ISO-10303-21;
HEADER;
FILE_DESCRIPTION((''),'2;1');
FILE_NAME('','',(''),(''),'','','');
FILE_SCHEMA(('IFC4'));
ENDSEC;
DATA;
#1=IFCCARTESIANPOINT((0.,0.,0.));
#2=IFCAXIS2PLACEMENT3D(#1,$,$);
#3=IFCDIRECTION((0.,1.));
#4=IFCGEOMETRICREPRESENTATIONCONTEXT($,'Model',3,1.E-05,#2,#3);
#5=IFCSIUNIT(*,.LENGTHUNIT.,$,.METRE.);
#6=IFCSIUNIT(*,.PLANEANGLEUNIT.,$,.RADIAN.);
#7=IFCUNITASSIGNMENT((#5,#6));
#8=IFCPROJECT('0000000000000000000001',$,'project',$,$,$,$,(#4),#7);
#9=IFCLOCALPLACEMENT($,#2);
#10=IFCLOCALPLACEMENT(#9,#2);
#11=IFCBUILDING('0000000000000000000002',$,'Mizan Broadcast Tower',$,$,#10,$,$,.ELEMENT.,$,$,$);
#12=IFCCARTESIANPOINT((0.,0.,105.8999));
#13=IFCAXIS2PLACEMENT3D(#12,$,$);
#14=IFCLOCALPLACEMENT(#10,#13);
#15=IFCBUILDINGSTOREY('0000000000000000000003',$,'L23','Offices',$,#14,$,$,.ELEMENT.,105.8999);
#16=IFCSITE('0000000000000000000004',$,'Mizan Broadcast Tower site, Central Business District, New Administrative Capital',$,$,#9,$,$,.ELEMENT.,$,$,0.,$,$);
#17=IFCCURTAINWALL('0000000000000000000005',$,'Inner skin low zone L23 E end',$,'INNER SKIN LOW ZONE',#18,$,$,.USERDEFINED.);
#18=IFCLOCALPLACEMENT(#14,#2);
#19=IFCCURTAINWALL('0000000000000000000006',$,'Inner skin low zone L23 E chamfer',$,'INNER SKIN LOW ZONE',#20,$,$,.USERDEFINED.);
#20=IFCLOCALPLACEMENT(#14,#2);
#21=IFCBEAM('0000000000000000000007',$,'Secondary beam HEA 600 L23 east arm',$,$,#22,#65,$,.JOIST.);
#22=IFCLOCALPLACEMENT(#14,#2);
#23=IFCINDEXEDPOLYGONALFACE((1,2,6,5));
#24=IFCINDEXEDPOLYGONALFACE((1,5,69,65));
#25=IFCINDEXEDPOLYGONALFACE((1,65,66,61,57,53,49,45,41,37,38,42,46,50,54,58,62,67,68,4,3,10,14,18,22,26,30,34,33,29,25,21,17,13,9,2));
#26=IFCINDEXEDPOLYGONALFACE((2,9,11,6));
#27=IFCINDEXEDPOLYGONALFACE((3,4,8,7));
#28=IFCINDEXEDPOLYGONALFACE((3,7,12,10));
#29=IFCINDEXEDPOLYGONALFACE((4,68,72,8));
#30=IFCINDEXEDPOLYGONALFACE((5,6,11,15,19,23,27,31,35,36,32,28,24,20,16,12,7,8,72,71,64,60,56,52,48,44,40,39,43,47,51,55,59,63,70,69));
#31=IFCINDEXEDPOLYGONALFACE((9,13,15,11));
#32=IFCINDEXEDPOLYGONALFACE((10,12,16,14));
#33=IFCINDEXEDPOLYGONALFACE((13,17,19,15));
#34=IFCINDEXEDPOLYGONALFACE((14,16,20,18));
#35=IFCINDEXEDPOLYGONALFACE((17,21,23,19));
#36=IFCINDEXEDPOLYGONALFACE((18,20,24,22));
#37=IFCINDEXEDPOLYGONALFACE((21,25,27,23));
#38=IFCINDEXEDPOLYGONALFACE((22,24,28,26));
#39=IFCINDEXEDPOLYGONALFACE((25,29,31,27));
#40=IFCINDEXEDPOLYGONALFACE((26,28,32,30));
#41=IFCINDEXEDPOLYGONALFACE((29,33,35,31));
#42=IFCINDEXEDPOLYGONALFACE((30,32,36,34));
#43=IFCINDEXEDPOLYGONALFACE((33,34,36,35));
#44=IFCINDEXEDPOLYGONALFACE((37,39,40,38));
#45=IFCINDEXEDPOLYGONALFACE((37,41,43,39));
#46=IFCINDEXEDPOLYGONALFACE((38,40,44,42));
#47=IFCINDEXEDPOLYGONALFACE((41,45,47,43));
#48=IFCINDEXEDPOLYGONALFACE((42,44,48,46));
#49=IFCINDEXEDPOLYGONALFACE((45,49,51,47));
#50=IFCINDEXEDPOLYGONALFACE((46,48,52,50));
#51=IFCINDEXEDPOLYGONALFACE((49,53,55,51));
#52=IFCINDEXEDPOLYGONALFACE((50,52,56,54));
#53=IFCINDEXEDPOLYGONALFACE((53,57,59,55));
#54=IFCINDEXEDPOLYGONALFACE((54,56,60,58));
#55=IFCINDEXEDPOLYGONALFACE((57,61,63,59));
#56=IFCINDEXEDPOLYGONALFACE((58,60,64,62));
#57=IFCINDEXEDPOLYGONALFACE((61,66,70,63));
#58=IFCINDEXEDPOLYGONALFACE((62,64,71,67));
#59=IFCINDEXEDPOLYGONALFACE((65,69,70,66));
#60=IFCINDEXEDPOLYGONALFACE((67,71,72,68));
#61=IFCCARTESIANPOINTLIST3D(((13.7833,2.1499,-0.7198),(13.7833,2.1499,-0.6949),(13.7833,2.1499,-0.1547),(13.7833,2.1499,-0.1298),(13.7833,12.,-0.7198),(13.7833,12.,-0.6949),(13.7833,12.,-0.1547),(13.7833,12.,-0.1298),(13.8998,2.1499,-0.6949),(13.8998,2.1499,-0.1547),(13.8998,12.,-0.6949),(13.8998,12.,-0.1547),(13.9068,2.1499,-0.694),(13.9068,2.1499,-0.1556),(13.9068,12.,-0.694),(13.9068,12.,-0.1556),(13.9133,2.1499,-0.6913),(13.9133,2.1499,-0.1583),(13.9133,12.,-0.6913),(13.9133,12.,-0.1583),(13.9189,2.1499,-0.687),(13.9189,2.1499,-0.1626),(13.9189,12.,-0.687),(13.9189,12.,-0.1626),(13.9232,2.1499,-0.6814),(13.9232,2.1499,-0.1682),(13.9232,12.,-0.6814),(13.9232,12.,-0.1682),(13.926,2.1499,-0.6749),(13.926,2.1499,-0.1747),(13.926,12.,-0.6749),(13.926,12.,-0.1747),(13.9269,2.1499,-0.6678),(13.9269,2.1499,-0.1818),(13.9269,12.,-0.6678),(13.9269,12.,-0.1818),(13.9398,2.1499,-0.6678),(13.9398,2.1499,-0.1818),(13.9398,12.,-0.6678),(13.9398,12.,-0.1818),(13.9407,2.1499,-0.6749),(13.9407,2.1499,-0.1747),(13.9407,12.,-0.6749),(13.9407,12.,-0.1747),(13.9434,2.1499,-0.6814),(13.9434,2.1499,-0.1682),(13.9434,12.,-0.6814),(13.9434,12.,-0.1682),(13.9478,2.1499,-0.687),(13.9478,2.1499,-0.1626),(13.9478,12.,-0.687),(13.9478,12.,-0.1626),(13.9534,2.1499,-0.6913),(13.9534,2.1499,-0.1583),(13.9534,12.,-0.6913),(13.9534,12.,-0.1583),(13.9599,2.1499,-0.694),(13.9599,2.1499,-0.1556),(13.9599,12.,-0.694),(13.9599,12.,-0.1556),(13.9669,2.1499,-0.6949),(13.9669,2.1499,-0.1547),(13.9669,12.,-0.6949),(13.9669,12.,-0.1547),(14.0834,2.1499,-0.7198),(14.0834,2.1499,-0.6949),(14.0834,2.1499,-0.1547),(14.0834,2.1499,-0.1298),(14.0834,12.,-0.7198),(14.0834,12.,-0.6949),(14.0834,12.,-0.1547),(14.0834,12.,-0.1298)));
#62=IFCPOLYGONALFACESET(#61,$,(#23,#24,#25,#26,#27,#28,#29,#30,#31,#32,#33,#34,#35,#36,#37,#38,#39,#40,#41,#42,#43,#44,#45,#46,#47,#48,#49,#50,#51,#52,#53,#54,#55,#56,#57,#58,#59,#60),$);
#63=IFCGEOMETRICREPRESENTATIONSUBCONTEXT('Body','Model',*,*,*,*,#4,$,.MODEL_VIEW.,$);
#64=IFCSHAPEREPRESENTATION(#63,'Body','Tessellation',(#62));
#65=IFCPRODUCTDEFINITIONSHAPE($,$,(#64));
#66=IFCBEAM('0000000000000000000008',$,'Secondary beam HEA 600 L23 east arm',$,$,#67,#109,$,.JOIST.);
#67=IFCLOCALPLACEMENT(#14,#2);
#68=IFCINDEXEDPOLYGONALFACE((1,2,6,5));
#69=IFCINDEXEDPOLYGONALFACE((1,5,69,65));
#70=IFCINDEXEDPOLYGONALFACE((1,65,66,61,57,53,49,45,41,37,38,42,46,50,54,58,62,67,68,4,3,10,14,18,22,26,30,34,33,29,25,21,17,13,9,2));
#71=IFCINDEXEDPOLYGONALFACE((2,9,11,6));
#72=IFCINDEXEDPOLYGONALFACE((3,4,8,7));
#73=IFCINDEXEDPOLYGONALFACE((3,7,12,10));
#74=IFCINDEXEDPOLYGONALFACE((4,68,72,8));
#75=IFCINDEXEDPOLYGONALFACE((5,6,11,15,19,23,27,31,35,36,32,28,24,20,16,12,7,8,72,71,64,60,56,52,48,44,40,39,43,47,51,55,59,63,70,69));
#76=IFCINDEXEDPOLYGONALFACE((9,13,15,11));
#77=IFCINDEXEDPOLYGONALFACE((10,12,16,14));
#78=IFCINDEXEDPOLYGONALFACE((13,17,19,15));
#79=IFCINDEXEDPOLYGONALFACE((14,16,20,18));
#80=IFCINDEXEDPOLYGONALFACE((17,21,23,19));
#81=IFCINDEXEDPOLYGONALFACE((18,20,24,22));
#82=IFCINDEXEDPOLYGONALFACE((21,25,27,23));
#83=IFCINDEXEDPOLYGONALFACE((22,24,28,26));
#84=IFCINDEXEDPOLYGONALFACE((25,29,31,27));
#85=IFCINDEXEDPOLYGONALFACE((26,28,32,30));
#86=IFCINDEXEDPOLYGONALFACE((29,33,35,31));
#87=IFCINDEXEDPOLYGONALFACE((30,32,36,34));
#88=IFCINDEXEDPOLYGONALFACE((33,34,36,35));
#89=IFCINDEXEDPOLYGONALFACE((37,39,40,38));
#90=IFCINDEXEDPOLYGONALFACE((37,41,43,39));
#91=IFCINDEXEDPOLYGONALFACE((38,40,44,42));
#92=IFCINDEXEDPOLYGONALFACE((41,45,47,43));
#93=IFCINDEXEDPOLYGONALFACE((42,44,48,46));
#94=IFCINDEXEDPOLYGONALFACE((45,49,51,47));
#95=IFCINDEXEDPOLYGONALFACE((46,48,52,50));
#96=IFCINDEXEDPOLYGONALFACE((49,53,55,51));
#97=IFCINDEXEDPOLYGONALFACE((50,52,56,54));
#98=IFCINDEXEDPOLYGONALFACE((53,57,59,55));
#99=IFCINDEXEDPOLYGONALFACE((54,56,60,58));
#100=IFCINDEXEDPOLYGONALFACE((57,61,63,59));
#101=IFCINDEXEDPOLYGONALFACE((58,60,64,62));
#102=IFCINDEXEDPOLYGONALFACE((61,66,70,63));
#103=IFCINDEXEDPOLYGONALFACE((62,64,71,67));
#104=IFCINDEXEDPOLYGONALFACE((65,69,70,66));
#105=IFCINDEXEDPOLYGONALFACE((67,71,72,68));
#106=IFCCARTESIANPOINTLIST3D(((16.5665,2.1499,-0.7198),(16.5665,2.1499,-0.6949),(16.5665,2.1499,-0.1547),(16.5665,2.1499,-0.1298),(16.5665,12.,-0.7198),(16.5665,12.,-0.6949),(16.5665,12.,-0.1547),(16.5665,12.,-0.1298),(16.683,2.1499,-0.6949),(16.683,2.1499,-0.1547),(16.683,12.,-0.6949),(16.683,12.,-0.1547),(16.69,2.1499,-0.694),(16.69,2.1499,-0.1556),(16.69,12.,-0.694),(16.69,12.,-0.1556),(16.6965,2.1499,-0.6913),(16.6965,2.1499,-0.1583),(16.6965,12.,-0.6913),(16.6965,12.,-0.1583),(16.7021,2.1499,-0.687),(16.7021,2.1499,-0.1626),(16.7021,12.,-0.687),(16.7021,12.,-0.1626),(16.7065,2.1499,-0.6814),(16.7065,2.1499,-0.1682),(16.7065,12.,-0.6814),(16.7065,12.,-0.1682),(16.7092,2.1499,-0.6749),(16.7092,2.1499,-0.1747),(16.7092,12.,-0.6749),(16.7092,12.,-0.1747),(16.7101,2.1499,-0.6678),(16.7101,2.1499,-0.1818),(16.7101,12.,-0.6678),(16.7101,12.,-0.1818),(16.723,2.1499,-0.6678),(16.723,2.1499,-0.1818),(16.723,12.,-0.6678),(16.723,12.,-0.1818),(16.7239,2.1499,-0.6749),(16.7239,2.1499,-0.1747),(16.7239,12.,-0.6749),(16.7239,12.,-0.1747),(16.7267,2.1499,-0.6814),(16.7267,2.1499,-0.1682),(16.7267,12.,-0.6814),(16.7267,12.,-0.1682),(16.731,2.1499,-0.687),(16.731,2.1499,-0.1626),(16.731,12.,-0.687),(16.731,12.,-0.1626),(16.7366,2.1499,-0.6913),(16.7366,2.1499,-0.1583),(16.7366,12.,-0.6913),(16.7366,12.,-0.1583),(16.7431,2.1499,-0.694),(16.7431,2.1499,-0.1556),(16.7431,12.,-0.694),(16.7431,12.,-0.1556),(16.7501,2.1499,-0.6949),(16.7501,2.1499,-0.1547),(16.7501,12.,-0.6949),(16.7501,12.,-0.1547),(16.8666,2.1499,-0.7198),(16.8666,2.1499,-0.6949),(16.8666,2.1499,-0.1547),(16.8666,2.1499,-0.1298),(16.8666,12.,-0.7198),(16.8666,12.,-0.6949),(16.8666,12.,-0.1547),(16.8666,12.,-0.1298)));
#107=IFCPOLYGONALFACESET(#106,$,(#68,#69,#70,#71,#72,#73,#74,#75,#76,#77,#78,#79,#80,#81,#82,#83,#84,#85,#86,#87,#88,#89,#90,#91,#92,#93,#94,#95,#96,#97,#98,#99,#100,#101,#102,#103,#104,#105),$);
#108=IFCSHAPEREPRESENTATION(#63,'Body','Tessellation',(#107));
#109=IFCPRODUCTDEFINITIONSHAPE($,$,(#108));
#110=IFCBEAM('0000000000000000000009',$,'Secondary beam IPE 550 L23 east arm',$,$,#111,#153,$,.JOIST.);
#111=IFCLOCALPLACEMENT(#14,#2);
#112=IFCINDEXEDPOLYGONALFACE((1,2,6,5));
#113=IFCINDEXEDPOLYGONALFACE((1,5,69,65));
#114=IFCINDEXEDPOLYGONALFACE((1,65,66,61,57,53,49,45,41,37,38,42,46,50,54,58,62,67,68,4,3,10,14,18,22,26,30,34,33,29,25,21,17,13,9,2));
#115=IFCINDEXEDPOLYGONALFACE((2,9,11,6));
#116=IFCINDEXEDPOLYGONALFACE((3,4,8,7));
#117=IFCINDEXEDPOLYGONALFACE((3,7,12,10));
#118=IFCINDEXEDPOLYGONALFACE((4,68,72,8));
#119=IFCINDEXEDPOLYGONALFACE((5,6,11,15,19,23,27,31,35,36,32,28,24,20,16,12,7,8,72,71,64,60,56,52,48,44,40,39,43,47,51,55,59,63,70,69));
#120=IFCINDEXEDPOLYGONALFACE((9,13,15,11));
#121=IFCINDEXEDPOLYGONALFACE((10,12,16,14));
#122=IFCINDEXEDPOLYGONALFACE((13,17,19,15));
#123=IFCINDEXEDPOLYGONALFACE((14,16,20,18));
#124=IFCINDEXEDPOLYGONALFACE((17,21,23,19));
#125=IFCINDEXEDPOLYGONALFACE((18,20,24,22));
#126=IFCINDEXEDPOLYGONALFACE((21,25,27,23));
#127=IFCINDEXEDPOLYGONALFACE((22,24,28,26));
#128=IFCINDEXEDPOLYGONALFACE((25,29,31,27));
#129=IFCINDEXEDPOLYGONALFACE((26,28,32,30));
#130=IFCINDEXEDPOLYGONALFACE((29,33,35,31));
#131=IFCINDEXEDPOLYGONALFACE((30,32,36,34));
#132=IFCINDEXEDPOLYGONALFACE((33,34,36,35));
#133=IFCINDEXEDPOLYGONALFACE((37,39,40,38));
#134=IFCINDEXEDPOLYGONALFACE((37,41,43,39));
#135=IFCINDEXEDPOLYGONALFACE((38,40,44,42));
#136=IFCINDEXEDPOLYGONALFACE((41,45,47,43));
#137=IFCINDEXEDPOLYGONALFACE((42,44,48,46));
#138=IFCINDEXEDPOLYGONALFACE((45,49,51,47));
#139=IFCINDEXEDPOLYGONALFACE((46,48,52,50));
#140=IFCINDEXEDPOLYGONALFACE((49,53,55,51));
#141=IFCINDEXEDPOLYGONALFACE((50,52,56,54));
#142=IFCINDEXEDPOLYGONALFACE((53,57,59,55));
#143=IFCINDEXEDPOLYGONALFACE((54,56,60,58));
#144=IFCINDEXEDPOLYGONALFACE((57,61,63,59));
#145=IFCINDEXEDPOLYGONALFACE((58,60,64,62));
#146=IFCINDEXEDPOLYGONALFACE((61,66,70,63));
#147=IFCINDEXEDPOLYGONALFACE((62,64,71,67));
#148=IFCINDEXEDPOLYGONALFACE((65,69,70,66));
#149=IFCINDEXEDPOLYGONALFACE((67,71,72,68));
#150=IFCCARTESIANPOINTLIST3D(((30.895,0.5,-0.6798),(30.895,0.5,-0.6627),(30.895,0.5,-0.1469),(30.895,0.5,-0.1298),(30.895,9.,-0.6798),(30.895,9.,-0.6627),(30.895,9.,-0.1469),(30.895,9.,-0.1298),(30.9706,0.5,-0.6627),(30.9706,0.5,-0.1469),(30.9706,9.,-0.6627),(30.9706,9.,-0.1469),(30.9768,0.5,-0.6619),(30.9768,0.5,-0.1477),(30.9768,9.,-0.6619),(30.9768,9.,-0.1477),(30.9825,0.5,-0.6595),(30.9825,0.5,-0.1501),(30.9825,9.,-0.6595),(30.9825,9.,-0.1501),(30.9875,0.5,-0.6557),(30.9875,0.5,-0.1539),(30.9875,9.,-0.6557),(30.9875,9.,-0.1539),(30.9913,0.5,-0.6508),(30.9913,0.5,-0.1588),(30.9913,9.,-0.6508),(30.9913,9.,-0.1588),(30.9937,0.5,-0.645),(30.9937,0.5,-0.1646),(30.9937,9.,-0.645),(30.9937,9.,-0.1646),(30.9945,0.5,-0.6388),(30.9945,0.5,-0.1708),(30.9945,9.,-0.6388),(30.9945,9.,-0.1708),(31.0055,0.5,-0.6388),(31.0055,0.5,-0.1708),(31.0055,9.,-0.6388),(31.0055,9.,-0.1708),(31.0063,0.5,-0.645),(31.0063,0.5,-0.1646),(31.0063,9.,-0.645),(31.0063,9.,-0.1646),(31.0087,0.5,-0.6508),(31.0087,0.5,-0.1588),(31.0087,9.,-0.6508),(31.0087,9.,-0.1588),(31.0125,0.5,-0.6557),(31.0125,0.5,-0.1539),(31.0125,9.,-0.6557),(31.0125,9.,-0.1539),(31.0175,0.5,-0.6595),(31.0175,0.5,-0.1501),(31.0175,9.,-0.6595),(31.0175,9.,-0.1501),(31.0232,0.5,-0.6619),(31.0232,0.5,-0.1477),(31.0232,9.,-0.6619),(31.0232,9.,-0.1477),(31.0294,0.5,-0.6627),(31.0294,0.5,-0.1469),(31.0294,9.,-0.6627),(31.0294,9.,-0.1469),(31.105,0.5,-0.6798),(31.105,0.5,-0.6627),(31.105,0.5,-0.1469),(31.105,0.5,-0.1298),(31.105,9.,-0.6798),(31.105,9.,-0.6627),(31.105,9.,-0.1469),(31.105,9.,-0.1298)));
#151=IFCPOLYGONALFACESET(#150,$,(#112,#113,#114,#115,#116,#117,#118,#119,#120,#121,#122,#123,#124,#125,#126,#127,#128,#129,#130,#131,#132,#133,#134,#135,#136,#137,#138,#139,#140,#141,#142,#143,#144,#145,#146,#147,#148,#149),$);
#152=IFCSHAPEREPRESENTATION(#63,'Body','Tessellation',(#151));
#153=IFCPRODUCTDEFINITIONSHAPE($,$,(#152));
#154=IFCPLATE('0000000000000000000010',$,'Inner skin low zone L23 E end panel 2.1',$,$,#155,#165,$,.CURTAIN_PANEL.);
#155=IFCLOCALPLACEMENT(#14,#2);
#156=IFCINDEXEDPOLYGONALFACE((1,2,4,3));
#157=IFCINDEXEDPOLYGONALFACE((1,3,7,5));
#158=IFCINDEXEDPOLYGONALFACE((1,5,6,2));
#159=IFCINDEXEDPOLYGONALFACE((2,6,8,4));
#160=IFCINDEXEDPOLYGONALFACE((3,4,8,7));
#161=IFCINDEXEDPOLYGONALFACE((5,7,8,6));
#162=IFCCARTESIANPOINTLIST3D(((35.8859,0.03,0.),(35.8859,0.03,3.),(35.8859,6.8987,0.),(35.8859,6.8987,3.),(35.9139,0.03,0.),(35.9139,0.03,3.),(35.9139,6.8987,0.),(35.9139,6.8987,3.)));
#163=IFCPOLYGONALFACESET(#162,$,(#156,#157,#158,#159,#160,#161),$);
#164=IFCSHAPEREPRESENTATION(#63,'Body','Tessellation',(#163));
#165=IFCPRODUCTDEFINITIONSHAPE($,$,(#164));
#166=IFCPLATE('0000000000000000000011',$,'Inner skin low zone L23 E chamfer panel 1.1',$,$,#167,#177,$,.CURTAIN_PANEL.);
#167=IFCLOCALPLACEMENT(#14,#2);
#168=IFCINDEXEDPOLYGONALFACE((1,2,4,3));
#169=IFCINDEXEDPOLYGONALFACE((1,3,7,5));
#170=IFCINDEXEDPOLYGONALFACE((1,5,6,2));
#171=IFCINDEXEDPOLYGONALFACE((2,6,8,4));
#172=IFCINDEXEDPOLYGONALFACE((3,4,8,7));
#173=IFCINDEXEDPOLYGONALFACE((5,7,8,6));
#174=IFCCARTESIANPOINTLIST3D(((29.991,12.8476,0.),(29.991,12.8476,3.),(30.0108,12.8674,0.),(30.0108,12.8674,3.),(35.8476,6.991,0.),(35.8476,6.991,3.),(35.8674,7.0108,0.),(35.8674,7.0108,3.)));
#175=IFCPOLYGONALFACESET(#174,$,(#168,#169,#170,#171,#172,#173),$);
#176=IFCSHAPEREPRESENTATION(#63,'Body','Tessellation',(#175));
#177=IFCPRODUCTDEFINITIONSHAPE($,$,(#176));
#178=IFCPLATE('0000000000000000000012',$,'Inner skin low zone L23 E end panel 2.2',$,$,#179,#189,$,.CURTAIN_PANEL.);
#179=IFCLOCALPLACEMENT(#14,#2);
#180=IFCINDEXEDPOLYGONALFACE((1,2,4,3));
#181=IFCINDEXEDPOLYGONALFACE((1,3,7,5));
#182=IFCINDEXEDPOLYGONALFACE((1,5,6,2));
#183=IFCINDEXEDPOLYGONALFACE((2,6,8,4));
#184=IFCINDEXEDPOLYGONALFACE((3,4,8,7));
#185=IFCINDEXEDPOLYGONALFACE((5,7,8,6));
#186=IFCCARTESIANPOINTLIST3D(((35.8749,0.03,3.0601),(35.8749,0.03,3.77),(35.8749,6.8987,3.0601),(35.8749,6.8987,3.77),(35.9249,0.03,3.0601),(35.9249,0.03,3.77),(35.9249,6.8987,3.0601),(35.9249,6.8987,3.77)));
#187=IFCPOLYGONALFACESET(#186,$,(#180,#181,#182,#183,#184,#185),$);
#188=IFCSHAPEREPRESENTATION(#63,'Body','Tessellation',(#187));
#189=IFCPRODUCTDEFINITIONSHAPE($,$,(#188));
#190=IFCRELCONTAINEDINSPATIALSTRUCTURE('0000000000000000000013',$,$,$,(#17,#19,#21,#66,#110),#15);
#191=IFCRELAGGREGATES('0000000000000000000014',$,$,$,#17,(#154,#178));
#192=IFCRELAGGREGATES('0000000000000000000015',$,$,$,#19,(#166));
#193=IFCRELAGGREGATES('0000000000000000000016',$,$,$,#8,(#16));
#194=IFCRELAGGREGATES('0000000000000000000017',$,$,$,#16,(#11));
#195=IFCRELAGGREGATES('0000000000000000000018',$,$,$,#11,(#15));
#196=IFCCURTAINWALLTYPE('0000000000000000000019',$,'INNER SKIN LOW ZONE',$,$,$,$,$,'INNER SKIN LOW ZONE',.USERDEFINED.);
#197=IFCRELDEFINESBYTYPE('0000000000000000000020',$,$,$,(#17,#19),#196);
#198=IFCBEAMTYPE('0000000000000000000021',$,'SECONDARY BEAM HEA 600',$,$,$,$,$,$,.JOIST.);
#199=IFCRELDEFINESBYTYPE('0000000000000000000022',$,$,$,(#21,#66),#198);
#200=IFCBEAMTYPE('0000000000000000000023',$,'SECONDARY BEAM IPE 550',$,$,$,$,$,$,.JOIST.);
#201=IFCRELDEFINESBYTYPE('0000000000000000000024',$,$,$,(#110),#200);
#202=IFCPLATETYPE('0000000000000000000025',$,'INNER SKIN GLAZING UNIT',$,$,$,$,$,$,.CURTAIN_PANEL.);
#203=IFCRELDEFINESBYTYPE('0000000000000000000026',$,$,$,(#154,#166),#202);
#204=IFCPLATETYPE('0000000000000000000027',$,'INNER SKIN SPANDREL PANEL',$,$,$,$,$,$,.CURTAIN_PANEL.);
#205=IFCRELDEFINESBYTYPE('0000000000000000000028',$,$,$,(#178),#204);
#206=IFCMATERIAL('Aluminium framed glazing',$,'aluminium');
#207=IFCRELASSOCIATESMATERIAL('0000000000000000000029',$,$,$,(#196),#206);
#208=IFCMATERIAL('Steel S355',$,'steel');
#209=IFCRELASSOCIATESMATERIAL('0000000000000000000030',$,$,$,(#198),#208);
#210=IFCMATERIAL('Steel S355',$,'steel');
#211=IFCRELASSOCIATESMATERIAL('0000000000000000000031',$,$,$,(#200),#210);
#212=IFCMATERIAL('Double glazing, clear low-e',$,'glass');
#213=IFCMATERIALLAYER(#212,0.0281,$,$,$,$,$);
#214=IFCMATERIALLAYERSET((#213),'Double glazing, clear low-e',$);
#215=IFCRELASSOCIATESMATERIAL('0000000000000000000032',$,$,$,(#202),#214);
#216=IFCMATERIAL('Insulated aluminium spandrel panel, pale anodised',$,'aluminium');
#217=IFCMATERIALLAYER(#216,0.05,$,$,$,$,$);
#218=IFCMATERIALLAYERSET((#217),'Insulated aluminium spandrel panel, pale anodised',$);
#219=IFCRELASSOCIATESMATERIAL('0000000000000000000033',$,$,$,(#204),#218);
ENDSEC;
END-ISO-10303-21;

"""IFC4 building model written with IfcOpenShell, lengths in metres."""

from ifc_helpers import new_model, si_unit, direction, frame, origin, origin_2d, place, context, subcontext, project, spatial, rectangle, i_section, extrude, material, layer, layer_set, material_profile, profile_set, type_object, element, aggregate, save


model = new_model("IFC4")

# Units and contexts
model_context = context("Model", 3, precision=1e-05, world=origin(), true_north=direction((0.0, 1.0)))
body_context = subcontext(model_context, "Body", "Model", "MODEL_VIEW")
ifc_project = project(units=[si_unit("LENGTHUNIT", "METRE"), si_unit("PLANEANGLEUNIT", "RADIAN")], contexts=[model_context])

# Site, building, storey
site_placement = place(None, origin())
site = spatial("IfcSite", under=ifc_project, at=site_placement, Name="Mizan Broadcast Tower site, Central Business District, New Administrative Capital", CompositionType="ELEMENT", RefElevation=0.0)
building_placement = place(site_placement, origin())
building = spatial("IfcBuilding", under=site, at=building_placement, Name="Mizan Broadcast Tower", CompositionType="ELEMENT")
storey_placement = place(building_placement, frame((0.0, 0.0, 105.8999)))
storey = spatial("IfcBuildingStorey", under=building, at=storey_placement, Name="L23", Description="Offices", CompositionType="ELEMENT", Elevation=105.8999)

# Curtain wall
ifc_material_1 = material(Name="Aluminium framed glazing", Category="aluminium")
curtain_wall_type_1 = type_object("IfcCurtainWallType", Name="INNER SKIN LOW ZONE", ElementType="INNER SKIN LOW ZONE", PredefinedType="USERDEFINED", material=ifc_material_1)
curtain_wall_1_placement = place(storey_placement, origin())
curtain_wall_1 = element("IfcCurtainWall", 1, at=curtain_wall_1_placement, inside=storey, type_object=curtain_wall_type_1, Name="Inner skin low zone L23 E end", ObjectType="INNER SKIN LOW ZONE", PredefinedType="USERDEFINED")

# Curtain wall
curtain_wall_2_placement = place(storey_placement, origin())
curtain_wall_2 = element("IfcCurtainWall", 2, at=curtain_wall_2_placement, inside=storey, type_object=curtain_wall_type_1, Name="Inner skin low zone L23 E chamfer", ObjectType="INNER SKIN LOW ZONE", PredefinedType="USERDEFINED")

# Beams
ifc_material_2 = material(Name="Steel S355", Category="steel")
ifc_material_profile_1 = material_profile(ifc_material_2, i_section(OverallWidth=0.3, OverallDepth=0.5901, WebThickness=0.0129, FlangeThickness=0.0249, FilletRadius=0.0271, at=origin_2d()), Name="HEA 600")
ifc_profile_set_1 = profile_set([ifc_material_profile_1], Name="Steel S355")
beam_type_1 = type_object("IfcBeamType", Name="SECONDARY BEAM HEA 600", PredefinedType="JOIST", material=ifc_profile_set_1)
for number, where, z_axis, x_axis, name in (
    (3, (13.9333, 12.0, -0.4248), (0.0, -1.0, 0.0), (1.0, 0.0, 0.0), "Secondary beam HEA 600 L23 east arm"),
    (4, (16.7166, 12.0, -0.4248), (0.0, -1.0, 0.0), (1.0, 0.0, 0.0), "Secondary beam HEA 600 L23 east arm"),
):
    element("IfcBeam", number, at=place(storey_placement, frame(where, z_axis=z_axis, x_axis=x_axis)), inside=storey, type_object=beam_type_1, Name=name, PredefinedType="JOIST", context=body_context, shape_type="SweptSolid", body=[
        extrude(i_section(OverallWidth=0.3, OverallDepth=0.5901, WebThickness=0.0129, FlangeThickness=0.0249, FilletRadius=0.0271, at=origin_2d()), origin(), (0.0, 0.0, 1.0), 9.8501),
    ])
ifc_material_3 = material(Name="Steel S355", Category="steel")
ifc_material_profile_2 = material_profile(ifc_material_3, i_section(OverallWidth=0.21, OverallDepth=0.55, WebThickness=0.011, FlangeThickness=0.0171, FilletRadius=0.0239, at=origin_2d()), Name="IPE 550")
ifc_profile_set_2 = profile_set([ifc_material_profile_2], Name="Steel S355")
beam_type_2 = type_object("IfcBeamType", Name="SECONDARY BEAM IPE 550", PredefinedType="JOIST", material=ifc_profile_set_2)
beam_1_placement = place(storey_placement, frame((31.0, 9.0, -0.4048), z_axis=(0.0, -1.0, 0.0), x_axis=(1.0, 0.0, 0.0)))
element("IfcBeam", 5, at=beam_1_placement, inside=storey, type_object=beam_type_2, Name="Secondary beam IPE 550 L23 east arm", PredefinedType="JOIST", context=body_context, shape_type="SweptSolid", body=[
    extrude(i_section(OverallWidth=0.21, OverallDepth=0.55, WebThickness=0.011, FlangeThickness=0.0171, FilletRadius=0.0239, at=origin_2d()), origin(), (0.0, 0.0, 1.0), 8.5),
])

# Plates
ifc_material_4 = material(Name="Double glazing, clear low-e", Category="glass")
ifc_layer_1 = layer(ifc_material_4, 0.0281)
ifc_layer_set_1 = layer_set([ifc_layer_1], Name="Double glazing, clear low-e")
plate_type_1 = type_object("IfcPlateType", Name="INNER SKIN GLAZING UNIT", PredefinedType="CURTAIN_PANEL", material=ifc_layer_set_1)
plate_1_placement = place(storey_placement, frame((35.8999, 3.4644, 0.0), z_axis=(0.0, 0.0, 1.0), x_axis=(0.0, 1.0, 0.0)))
plate_1 = element("IfcPlate", 6, at=plate_1_placement, type_object=plate_type_1, Name="Inner skin low zone L23 E end panel 2.1", PredefinedType="CURTAIN_PANEL", context=body_context, shape_type="SweptSolid", body=[
    extrude(rectangle(XDim=6.8687, YDim=0.0281, at=origin_2d()), origin(), (0.0, 0.0, 1.0), 3.0),
])
plate_2_placement = place(storey_placement, frame((32.9292, 9.9292, 0.0), z_axis=(0.0, 0.0, 1.0), x_axis=(-0.707107, 0.707107, 0.0)))
plate_2 = element("IfcPlate", 7, at=plate_2_placement, type_object=plate_type_1, Name="Inner skin low zone L23 E chamfer panel 1.1", PredefinedType="CURTAIN_PANEL", context=body_context, shape_type="SweptSolid", body=[
    extrude(rectangle(XDim=8.2825, YDim=0.0281, at=origin_2d()), origin(), (0.0, 0.0, 1.0), 3.0),
])
ifc_material_5 = material(Name="Insulated aluminium spandrel panel, pale anodised", Category="aluminium")
ifc_layer_2 = layer(ifc_material_5, 0.05)
ifc_layer_set_2 = layer_set([ifc_layer_2], Name="Insulated aluminium spandrel panel, pale anodised")
plate_type_2 = type_object("IfcPlateType", Name="INNER SKIN SPANDREL PANEL", PredefinedType="CURTAIN_PANEL", material=ifc_layer_set_2)
plate_3_placement = place(storey_placement, frame((35.8999, 3.4644, 3.0601), z_axis=(0.0, 0.0, 1.0), x_axis=(0.0, 1.0, 0.0)))
plate_3 = element("IfcPlate", 8, at=plate_3_placement, type_object=plate_type_2, Name="Inner skin low zone L23 E end panel 2.2", PredefinedType="CURTAIN_PANEL", context=body_context, shape_type="SweptSolid", body=[
    extrude(rectangle(XDim=6.8687, YDim=0.05, at=origin_2d()), origin(), (0.0, 0.0, 1.0), 0.71),
])
aggregate(curtain_wall_1, [plate_1, plate_3])
aggregate(curtain_wall_2, [plate_2])

save(model, "model.ifc")
